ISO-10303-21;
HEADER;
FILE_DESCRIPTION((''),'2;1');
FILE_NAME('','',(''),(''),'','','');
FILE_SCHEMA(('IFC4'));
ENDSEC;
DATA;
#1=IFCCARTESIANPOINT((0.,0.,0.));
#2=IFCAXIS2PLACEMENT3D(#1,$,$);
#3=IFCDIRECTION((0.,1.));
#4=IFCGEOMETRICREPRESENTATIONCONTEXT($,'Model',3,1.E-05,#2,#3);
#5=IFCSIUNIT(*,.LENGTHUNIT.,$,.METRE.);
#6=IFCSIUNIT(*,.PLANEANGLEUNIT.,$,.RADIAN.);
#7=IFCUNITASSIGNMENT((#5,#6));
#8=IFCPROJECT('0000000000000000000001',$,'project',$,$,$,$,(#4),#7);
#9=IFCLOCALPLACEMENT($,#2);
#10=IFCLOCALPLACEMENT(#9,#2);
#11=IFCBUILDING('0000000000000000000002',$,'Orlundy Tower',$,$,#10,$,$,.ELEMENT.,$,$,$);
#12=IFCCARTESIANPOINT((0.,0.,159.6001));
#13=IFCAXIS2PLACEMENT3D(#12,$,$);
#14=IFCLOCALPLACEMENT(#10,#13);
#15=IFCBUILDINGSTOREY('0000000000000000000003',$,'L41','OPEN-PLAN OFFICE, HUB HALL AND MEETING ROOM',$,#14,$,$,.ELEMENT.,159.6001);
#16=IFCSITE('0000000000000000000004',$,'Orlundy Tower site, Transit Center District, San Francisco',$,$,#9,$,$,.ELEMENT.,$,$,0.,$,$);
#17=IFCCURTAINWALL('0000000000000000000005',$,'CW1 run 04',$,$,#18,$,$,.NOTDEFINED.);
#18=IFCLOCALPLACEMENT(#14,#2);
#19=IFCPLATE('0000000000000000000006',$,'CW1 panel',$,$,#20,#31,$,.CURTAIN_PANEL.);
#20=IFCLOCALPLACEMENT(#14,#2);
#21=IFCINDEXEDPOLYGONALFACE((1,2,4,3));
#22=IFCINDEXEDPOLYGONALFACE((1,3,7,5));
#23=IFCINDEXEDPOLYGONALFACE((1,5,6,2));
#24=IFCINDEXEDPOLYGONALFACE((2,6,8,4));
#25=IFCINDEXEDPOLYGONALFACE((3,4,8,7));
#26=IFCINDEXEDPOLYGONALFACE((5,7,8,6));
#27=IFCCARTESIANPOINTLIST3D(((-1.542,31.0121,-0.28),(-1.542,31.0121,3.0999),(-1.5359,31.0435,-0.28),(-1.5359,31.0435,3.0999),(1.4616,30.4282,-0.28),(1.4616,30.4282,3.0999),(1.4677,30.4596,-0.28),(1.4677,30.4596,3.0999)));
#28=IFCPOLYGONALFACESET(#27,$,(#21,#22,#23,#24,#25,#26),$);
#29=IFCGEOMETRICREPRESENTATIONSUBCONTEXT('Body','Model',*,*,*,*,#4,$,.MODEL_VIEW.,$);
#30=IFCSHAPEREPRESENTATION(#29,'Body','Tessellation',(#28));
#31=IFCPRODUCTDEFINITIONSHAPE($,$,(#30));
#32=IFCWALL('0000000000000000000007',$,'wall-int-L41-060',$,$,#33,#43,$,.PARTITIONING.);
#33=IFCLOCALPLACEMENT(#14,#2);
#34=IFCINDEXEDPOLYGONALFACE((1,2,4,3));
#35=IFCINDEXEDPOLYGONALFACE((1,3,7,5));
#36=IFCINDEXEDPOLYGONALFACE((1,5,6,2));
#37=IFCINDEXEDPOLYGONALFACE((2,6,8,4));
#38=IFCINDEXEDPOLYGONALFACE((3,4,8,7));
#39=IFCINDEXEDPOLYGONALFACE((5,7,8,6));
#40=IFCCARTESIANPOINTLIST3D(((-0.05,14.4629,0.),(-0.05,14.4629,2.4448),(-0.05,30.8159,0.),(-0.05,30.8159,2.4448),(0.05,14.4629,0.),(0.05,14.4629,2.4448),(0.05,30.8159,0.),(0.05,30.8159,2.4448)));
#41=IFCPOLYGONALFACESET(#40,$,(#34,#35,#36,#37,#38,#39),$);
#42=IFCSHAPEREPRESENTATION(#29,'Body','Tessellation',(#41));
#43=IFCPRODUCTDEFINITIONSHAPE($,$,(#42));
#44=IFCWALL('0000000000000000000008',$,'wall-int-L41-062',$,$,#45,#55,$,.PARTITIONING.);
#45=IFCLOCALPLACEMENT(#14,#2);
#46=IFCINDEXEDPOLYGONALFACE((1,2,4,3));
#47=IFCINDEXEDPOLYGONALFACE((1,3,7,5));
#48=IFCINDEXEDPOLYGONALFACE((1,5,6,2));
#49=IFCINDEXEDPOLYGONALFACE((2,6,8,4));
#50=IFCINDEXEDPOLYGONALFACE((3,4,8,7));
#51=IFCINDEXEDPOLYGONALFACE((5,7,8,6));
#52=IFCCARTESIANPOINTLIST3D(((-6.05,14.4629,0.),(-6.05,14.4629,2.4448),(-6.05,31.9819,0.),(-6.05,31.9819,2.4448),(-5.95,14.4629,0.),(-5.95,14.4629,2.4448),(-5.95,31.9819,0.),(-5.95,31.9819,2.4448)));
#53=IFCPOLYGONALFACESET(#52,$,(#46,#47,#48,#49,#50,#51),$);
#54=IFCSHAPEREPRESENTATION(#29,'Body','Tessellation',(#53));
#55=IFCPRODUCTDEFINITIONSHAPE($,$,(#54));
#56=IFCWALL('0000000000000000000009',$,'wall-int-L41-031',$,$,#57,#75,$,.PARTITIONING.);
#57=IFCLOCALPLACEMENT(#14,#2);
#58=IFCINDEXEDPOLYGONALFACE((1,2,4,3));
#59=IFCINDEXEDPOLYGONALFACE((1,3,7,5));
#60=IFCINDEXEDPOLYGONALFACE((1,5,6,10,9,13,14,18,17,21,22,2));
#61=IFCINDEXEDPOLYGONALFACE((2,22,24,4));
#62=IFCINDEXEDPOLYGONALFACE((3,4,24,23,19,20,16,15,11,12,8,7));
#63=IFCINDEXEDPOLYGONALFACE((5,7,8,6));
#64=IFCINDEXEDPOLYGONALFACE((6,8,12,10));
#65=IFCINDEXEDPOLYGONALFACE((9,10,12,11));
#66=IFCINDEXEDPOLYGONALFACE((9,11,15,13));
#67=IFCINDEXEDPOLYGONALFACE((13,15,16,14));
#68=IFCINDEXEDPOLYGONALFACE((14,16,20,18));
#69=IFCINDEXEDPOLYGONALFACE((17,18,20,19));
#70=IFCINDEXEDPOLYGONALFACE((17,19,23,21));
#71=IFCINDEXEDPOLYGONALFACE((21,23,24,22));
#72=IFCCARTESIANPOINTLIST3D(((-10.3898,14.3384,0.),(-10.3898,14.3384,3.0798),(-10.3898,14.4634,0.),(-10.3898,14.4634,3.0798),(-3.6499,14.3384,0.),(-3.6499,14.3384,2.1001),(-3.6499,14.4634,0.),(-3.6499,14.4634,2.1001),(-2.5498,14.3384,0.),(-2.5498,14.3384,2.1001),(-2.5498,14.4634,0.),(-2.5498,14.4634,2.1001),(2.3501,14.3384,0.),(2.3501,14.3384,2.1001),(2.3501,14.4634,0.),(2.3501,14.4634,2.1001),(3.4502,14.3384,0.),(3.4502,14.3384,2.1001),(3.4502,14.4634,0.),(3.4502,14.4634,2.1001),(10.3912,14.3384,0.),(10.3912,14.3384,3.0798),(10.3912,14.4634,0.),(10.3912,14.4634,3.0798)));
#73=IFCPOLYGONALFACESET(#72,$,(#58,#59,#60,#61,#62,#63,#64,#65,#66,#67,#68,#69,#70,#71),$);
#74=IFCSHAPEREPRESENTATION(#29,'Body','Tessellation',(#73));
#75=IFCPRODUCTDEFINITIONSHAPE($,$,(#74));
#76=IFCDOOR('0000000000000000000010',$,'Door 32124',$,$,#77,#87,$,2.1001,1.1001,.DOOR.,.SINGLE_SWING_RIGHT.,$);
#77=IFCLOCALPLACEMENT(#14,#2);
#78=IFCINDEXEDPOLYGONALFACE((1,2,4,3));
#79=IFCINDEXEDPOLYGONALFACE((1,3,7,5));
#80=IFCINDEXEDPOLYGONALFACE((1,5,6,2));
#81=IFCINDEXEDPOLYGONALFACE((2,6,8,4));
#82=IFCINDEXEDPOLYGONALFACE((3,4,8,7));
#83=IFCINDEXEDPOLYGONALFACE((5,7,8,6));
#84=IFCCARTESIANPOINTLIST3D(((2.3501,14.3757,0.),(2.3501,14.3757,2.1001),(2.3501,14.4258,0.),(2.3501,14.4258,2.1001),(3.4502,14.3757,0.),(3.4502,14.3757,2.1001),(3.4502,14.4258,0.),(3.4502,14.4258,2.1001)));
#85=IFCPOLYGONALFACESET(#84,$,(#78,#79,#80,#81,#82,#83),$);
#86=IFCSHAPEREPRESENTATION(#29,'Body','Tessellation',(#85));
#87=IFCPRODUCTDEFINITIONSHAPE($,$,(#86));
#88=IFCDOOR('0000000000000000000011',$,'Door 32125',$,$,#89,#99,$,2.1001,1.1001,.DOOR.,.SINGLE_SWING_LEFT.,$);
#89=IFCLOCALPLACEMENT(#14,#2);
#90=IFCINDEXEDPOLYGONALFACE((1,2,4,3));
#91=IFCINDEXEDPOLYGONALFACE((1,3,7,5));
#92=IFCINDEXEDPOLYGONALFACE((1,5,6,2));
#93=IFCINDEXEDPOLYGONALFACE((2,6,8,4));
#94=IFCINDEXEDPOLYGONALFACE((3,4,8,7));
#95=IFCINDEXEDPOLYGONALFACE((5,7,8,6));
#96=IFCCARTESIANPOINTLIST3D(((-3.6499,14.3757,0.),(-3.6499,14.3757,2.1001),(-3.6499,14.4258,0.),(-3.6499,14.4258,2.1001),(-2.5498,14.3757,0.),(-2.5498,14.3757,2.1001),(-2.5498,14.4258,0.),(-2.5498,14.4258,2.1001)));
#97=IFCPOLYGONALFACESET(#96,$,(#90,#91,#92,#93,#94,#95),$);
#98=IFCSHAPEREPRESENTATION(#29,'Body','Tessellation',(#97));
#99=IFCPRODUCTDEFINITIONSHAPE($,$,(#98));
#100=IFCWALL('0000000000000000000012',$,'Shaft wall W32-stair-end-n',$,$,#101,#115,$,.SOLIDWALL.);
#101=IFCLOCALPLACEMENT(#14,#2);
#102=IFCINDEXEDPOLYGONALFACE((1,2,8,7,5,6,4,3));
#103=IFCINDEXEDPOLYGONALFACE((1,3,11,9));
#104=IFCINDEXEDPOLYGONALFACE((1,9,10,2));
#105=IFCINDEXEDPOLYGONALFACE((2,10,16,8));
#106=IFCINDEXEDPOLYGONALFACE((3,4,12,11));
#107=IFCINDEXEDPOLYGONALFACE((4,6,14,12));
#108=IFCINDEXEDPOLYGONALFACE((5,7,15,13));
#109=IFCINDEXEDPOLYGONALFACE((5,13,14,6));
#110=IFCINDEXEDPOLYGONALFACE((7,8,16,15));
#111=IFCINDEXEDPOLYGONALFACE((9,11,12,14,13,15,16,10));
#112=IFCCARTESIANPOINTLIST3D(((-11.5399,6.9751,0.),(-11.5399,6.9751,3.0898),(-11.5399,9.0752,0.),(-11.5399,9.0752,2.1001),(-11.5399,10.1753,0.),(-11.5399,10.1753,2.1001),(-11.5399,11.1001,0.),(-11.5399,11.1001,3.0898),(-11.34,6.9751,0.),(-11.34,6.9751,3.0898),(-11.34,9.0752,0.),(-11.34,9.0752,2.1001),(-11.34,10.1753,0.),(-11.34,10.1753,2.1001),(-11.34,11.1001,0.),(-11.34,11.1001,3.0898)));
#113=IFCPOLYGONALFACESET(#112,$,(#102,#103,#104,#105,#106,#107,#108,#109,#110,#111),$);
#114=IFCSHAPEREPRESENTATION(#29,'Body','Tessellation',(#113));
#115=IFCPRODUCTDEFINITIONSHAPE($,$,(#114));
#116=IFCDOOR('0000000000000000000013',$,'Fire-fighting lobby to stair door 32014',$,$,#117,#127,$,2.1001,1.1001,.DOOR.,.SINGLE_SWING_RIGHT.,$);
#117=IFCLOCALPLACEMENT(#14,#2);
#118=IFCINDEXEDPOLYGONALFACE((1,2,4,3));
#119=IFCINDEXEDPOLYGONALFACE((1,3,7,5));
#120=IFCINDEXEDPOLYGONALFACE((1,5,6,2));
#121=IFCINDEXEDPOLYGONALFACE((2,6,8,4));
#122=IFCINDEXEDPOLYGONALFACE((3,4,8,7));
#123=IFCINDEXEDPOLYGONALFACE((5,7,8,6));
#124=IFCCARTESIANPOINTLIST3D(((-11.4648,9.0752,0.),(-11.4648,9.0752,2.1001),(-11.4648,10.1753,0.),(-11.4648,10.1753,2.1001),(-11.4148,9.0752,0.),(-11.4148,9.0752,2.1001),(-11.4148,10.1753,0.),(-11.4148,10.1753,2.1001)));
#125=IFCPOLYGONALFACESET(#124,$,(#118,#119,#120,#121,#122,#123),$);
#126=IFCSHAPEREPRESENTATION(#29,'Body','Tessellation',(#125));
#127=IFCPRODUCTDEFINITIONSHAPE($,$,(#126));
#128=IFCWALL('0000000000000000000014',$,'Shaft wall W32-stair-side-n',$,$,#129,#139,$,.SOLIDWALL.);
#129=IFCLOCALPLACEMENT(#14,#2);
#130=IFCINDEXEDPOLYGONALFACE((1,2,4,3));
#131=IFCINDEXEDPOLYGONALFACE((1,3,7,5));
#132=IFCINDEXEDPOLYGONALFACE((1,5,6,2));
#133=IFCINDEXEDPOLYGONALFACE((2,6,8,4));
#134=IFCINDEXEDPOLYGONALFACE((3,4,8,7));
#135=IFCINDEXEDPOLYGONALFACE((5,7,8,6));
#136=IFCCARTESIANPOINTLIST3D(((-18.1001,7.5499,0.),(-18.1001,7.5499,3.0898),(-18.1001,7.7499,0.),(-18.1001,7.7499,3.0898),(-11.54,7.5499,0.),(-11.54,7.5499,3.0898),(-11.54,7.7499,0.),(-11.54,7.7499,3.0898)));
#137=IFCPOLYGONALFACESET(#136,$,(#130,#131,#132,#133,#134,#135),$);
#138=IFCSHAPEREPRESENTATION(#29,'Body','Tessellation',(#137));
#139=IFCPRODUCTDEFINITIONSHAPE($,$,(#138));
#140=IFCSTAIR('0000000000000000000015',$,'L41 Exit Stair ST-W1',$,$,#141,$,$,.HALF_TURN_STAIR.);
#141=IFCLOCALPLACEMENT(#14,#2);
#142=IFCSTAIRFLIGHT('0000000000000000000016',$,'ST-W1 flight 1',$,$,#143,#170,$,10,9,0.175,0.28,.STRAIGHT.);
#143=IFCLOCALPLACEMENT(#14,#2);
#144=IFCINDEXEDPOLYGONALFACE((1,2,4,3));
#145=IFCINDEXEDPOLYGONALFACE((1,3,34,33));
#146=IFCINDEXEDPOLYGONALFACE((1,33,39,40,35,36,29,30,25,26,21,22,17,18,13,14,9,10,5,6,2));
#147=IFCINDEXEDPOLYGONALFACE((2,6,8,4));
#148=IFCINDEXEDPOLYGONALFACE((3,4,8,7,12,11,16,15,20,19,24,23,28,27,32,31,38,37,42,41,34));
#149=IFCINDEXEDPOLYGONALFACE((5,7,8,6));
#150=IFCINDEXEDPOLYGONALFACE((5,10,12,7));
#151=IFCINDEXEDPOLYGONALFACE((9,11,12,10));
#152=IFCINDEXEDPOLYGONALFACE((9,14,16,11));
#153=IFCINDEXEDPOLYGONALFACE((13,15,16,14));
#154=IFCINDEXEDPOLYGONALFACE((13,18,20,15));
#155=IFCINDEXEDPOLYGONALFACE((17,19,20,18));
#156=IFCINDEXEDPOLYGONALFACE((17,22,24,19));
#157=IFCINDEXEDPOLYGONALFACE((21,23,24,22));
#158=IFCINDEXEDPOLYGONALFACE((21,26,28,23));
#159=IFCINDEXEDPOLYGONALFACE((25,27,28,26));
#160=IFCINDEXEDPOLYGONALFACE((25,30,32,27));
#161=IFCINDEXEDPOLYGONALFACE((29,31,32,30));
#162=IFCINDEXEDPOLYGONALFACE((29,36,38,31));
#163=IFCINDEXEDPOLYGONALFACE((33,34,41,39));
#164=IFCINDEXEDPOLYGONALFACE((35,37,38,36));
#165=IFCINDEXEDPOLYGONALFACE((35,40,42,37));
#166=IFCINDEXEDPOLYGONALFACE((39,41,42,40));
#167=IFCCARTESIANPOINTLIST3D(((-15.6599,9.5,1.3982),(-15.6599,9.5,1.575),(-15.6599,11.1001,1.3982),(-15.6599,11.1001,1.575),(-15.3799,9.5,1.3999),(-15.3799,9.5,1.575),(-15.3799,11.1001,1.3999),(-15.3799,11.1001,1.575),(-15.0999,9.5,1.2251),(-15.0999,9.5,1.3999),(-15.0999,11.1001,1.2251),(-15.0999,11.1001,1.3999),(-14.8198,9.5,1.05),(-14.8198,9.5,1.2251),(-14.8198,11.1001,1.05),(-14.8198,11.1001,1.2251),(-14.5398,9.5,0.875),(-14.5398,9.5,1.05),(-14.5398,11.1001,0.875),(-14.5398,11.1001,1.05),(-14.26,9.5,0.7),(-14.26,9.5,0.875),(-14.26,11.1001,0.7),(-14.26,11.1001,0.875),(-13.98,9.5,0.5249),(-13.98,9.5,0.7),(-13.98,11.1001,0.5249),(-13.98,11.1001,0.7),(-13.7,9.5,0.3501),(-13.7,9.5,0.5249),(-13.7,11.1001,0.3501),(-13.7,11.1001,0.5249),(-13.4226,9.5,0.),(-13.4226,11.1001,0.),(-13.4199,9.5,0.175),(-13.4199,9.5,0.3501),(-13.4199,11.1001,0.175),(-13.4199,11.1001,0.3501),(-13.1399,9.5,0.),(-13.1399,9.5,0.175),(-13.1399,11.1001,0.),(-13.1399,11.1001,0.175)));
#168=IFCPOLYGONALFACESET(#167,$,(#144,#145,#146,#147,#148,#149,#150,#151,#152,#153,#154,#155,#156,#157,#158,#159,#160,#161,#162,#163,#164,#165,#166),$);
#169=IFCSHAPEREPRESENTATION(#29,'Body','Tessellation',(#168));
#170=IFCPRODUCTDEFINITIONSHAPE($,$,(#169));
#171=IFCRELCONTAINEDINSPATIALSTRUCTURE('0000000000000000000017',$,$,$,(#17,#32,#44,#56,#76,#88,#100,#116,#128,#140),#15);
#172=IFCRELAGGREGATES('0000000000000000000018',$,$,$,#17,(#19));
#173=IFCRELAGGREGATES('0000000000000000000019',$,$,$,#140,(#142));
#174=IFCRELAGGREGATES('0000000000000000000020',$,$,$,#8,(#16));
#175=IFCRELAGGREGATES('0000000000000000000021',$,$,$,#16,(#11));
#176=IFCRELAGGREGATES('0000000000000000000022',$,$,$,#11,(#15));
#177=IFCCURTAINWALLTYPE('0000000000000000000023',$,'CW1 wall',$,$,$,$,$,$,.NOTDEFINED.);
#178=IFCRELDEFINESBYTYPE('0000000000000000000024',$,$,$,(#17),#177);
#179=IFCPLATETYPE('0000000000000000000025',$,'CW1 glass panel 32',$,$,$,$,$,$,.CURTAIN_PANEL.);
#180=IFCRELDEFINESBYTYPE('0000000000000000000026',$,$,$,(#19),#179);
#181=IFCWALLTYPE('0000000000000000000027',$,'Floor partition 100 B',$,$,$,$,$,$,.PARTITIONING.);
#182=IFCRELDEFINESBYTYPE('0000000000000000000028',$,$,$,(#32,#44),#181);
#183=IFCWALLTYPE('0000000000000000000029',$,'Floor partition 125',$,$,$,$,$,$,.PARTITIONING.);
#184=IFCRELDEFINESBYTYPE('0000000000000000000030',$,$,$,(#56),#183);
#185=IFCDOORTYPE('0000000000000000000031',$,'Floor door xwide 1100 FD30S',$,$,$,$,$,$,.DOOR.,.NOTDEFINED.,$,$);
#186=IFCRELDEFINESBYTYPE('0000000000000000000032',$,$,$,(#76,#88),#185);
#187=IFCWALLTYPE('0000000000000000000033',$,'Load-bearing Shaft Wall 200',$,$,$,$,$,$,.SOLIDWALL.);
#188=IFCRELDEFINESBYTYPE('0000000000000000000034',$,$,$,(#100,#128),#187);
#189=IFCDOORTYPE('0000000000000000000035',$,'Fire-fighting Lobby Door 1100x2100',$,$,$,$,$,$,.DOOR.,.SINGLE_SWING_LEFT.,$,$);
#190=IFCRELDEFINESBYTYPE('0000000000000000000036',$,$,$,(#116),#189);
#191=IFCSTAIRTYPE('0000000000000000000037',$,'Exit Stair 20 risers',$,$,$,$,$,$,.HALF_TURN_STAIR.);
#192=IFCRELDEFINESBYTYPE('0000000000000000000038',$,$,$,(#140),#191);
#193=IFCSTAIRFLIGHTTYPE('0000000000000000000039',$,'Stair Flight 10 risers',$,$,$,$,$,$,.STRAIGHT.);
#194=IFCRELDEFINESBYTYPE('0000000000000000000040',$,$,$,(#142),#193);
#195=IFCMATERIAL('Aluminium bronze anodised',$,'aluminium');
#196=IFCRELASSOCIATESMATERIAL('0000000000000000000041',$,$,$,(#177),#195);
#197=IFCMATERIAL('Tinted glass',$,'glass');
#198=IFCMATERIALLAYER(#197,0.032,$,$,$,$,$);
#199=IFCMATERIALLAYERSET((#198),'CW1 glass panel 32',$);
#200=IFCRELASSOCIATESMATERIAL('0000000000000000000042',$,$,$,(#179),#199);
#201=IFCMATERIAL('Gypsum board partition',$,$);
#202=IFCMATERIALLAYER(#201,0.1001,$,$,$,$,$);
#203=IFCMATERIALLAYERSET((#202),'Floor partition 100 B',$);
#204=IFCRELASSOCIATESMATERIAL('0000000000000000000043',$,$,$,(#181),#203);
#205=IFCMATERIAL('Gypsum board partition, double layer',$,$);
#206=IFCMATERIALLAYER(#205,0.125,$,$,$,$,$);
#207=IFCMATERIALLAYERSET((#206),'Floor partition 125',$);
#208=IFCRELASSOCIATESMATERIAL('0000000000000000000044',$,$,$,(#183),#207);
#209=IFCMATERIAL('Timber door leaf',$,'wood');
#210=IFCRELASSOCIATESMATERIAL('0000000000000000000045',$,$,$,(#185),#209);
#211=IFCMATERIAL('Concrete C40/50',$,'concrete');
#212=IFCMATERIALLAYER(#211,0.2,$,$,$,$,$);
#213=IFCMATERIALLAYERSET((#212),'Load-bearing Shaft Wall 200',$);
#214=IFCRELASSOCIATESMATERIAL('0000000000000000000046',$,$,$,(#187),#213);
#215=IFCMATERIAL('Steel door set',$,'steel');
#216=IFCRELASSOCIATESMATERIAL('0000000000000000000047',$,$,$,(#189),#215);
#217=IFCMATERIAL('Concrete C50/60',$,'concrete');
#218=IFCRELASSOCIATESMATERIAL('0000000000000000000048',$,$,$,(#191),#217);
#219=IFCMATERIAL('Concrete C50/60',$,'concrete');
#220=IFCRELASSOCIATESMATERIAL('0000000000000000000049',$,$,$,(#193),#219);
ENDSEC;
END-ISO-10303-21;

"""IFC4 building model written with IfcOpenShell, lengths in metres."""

from ifc_helpers import new_model, si_unit, direction, frame, frame_2d, origin, origin_2d, place, context, subcontext, project, spatial, polyline, rectangle, outline, extrude, material, layer, layer_set, type_object, element, fill, aggregate, save


model = new_model("IFC4")

# Units and contexts
model_context = context("Model", 3, precision=1e-05, world=origin(), true_north=direction((0.0, 1.0)))
body_context = subcontext(model_context, "Body", "Model", "MODEL_VIEW")
ifc_project = project(units=[si_unit("LENGTHUNIT", "METRE"), si_unit("PLANEANGLEUNIT", "RADIAN")], contexts=[model_context])

# Site, building, storey
site_placement = place(None, origin())
site = spatial("IfcSite", under=ifc_project, at=site_placement, Name="Orlundy Tower site, Transit Center District, San Francisco", CompositionType="ELEMENT", RefElevation=0.0)
building_placement = place(site_placement, origin())
building = spatial("IfcBuilding", under=site, at=building_placement, Name="Orlundy Tower", CompositionType="ELEMENT")
storey_placement = place(building_placement, frame((0.0, 0.0, 159.6001)))
storey = spatial("IfcBuildingStorey", under=building, at=storey_placement, Name="L41", Description="OPEN-PLAN OFFICE, HUB HALL AND MEETING ROOM", CompositionType="ELEMENT", Elevation=159.6001)

# Curtain wall
ifc_material_1 = material(Name="Aluminium bronze anodised", Category="aluminium")
curtain_wall_type = type_object("IfcCurtainWallType", Name="CW1 wall", PredefinedType="NOTDEFINED", material=ifc_material_1)
curtain_wall_1_placement = place(storey_placement, origin())
curtain_wall_1 = element("IfcCurtainWall", 1, at=curtain_wall_1_placement, inside=storey, type_object=curtain_wall_type, Name="CW1 run 04", PredefinedType="NOTDEFINED")

# Plate
ifc_material_2 = material(Name="Tinted glass", Category="glass")
ifc_layer_1 = layer(ifc_material_2, 0.032)
ifc_layer_set_1 = layer_set([ifc_layer_1], Name="CW1 glass panel 32")
plate_type = type_object("IfcPlateType", Name="CW1 glass panel 32", PredefinedType="CURTAIN_PANEL", material=ifc_layer_set_1)
plate_1_placement = place(storey_placement, frame((-0.0371, 30.7358, -0.28), z_axis=(0.0, 0.0, 1.0), x_axis=(0.981628, -0.190805, 0.0)))
plate_1 = element("IfcPlate", 2, at=plate_1_placement, type_object=plate_type, Name="CW1 panel", PredefinedType="CURTAIN_PANEL", context=body_context, shape_type="SweptSolid", body=[
    extrude(rectangle(XDim=3.0598, YDim=0.032, at=origin_2d()), origin(), (0.0, 0.0, 1.0), 3.3799),
])
aggregate(curtain_wall_1, [plate_1])

# Walls
ifc_material_3 = material(Name="Gypsum board partition")
ifc_layer_2 = layer(ifc_material_3, 0.1001)
ifc_layer_set_2 = layer_set([ifc_layer_2], Name="Floor partition 100 B")
wall_type_1 = type_object("IfcWallType", Name="Floor partition 100 B", PredefinedType="PARTITIONING", material=ifc_layer_set_2)
wall_1_placement = place(storey_placement, frame((0.0, 14.4629, 0.0), z_axis=(0.0, 0.0, 1.0), x_axis=(0.0, 1.0, 0.0)))
element("IfcWall", 3, at=wall_1_placement, inside=storey, type_object=wall_type_1, Name="wall-int-L41-060", PredefinedType="PARTITIONING", context=body_context, shape_type="SweptSolid", body=[
    extrude(rectangle(XDim=16.353, YDim=0.1001, at=frame_2d((8.1765, 0.0))), origin(), (0.0, 0.0, 1.0), 2.4448),
])
wall_2_placement = place(storey_placement, frame((-6.0, 14.4629, 0.0), z_axis=(0.0, 0.0, 1.0), x_axis=(0.0, 1.0, 0.0)))
element("IfcWall", 4, at=wall_2_placement, inside=storey, type_object=wall_type_1, Name="wall-int-L41-062", PredefinedType="PARTITIONING", context=body_context, shape_type="SweptSolid", body=[
    extrude(rectangle(XDim=17.519, YDim=0.1001, at=frame_2d((8.7595, 0.0))), origin(), (0.0, 0.0, 1.0), 2.4448),
])

# Wall, openings, doors
ifc_material_4 = material(Name="Gypsum board partition, double layer")
ifc_layer_3 = layer(ifc_material_4, 0.125)
ifc_layer_set_3 = layer_set([ifc_layer_3], Name="Floor partition 125")
wall_type_2 = type_object("IfcWallType", Name="Floor partition 125", PredefinedType="PARTITIONING", material=ifc_layer_set_3)
wall_3_placement = place(storey_placement, frame((-10.3899, 14.4009, 0.0), z_axis=(0.0, 0.0, 1.0), x_axis=(1.0, 0.0, 0.0)))
wall_3 = element("IfcWall", 5, at=wall_3_placement, inside=storey, type_object=wall_type_2, Name="wall-int-L41-031", PredefinedType="PARTITIONING", context=body_context, shape_type="SweptSolid", body=[
    extrude(rectangle(XDim=20.781, YDim=0.125, at=frame_2d((10.3906, 0.0))), origin(), (0.0, 0.0, 1.0), 3.0798),
])
opening_1_placement = place(wall_3_placement, frame((12.74, 0.0, 0.0)))
opening_1 = element("IfcOpeningElement", 6, at=opening_1_placement, cuts=wall_3, PredefinedType="OPENING", context=body_context, shape_type="SweptSolid", body=[
    extrude(rectangle(XDim=1.1001, YDim=2.1001, at=frame_2d((0.55, 1.05))), frame((0.0, 0.0725, 0.0), z_axis=(0.0, -1.0, 0.0), x_axis=(1.0, 0.0, 0.0)), (0.0, 0.0, 1.0), 0.145),
])
opening_2_placement = place(wall_3_placement, frame((6.74, 0.0, 0.0)))
opening_2 = element("IfcOpeningElement", 7, at=opening_2_placement, cuts=wall_3, PredefinedType="OPENING", context=body_context, shape_type="SweptSolid", body=[
    extrude(rectangle(XDim=1.1001, YDim=2.1001, at=frame_2d((0.55, 1.05))), frame((0.0, 0.0725, 0.0), z_axis=(0.0, -1.0, 0.0), x_axis=(1.0, 0.0, 0.0)), (0.0, 0.0, 1.0), 0.145),
])
ifc_material_5 = material(Name="Timber door leaf", Category="wood")
door_type_1 = type_object("IfcDoorType", Name="Floor door xwide 1100 FD30S", OperationType="NOTDEFINED", PredefinedType="DOOR", material=ifc_material_5)
door_1_placement = place(opening_1_placement, origin())
door_1 = element("IfcDoor", 8, at=door_1_placement, inside=storey, type_object=door_type_1, Name="Door 32124", OperationType="SINGLE_SWING_RIGHT", OverallHeight=2.1001, OverallWidth=1.1001, PredefinedType="DOOR", context=body_context, shape_type="SweptSolid", body=[
    extrude(rectangle(XDim=1.1001, YDim=2.1001, at=frame_2d((0.55, 1.05))), frame((0.0, 0.0249, 0.0), z_axis=(0.0, -1.0, 0.0), x_axis=(1.0, 0.0, 0.0)), (0.0, 0.0, 1.0), 0.05),
])
fill(opening_1, door_1)
door_2_placement = place(opening_2_placement, origin())
door_2 = element("IfcDoor", 9, at=door_2_placement, inside=storey, type_object=door_type_1, Name="Door 32125", OperationType="SINGLE_SWING_LEFT", OverallHeight=2.1001, OverallWidth=1.1001, PredefinedType="DOOR", context=body_context, shape_type="SweptSolid", body=[
    extrude(rectangle(XDim=1.1001, YDim=2.1001, at=frame_2d((0.55, 1.05))), frame((0.0, 0.0249, 0.0), z_axis=(0.0, -1.0, 0.0), x_axis=(1.0, 0.0, 0.0)), (0.0, 0.0, 1.0), 0.05),
])
fill(opening_2, door_2)

# Wall, opening, door
ifc_material_6 = material(Name="Concrete C40/50", Category="concrete")
ifc_layer_4 = layer(ifc_material_6, 0.2)
ifc_layer_set_4 = layer_set([ifc_layer_4], Name="Load-bearing Shaft Wall 200")
wall_type_3 = type_object("IfcWallType", Name="Load-bearing Shaft Wall 200", PredefinedType="SOLIDWALL", material=ifc_layer_set_4)
wall_4_placement = place(storey_placement, frame((-11.4399, 6.9751, 0.0), z_axis=(0.0, 0.0, 1.0), x_axis=(0.0, 1.0, 0.0)))
wall_4 = element("IfcWall", 10, at=wall_4_placement, inside=storey, type_object=wall_type_3, Name="Shaft wall W32-stair-end-n", PredefinedType="SOLIDWALL", context=body_context, shape_type="SweptSolid", body=[
    extrude(rectangle(XDim=4.125, YDim=0.2, at=frame_2d((2.0625, 0.0))), origin(), (0.0, 0.0, 1.0), 3.0898),
])
opening_3_placement = place(wall_4_placement, frame((2.1001, 0.0, 0.0)))
opening_3 = element("IfcOpeningElement", 11, at=opening_3_placement, cuts=wall_4, PredefinedType="OPENING", context=body_context, shape_type="SweptSolid", body=[
    extrude(rectangle(XDim=1.1001, YDim=2.1001, at=frame_2d((0.55, 1.05))), frame((0.0, 0.1101, 0.0), z_axis=(0.0, -1.0, 0.0), x_axis=(1.0, 0.0, 0.0)), (0.0, 0.0, 1.0), 0.2202),
])
ifc_material_7 = material(Name="Steel door set", Category="steel")
door_type_2 = type_object("IfcDoorType", Name="Fire-fighting Lobby Door 1100x2100", OperationType="SINGLE_SWING_LEFT", PredefinedType="DOOR", material=ifc_material_7)
door_3_placement = place(opening_3_placement, origin())
door_3 = element("IfcDoor", 12, at=door_3_placement, inside=storey, type_object=door_type_2, Name="Fire-fighting lobby to stair door 32014", OperationType="SINGLE_SWING_RIGHT", OverallHeight=2.1001, OverallWidth=1.1001, PredefinedType="DOOR", context=body_context, shape_type="SweptSolid", body=[
    extrude(rectangle(XDim=1.1001, YDim=2.1001, at=frame_2d((0.55, 1.05))), frame((0.0, 0.0249, 0.0), z_axis=(0.0, -1.0, 0.0), x_axis=(1.0, 0.0, 0.0)), (0.0, 0.0, 1.0), 0.05),
])
fill(opening_3, door_3)

# Wall
wall_5_placement = place(storey_placement, frame((-11.54, 7.6499, 0.0), z_axis=(0.0, 0.0, 1.0), x_axis=(-1.0, 0.0, 0.0)))
element("IfcWall", 13, at=wall_5_placement, inside=storey, type_object=wall_type_3, Name="Shaft wall W32-stair-side-n", PredefinedType="SOLIDWALL", context=body_context, shape_type="SweptSolid", body=[
    extrude(rectangle(XDim=6.5601, YDim=0.2, at=frame_2d((3.28, 0.0))), origin(), (0.0, 0.0, 1.0), 3.0898),
])

# Stair, stair flight
ifc_material_8 = material(Name="Concrete C50/60", Category="concrete")
stair_type = type_object("IfcStairType", Name="Exit Stair 20 risers", PredefinedType="HALF_TURN_STAIR", material=ifc_material_8)
stair_placement = place(storey_placement, origin())
stair = element("IfcStair", 14, at=stair_placement, inside=storey, type_object=stair_type, Name="L41 Exit Stair ST-W1", PredefinedType="HALF_TURN_STAIR")
ifc_material_9 = material(Name="Concrete C50/60", Category="concrete")
stair_flight_type = type_object("IfcStairFlightType", Name="Stair Flight 10 risers", PredefinedType="STRAIGHT", material=ifc_material_9)
stair_flight_placement = place(storey_placement, frame((-13.1399, 10.3, 0.0), z_axis=(0.0, 0.0, 1.0), x_axis=(-1.0, 0.0, 0.0)))
stair_flight = element("IfcStairFlight", 15, at=stair_flight_placement, type_object=stair_flight_type, Name="ST-W1 flight 1", NumberOfRisers=10, NumberOfTreads=9, PredefinedType="STRAIGHT", RiserHeight=0.175, TreadLength=0.28, context=body_context, shape_type="SweptSolid", body=[
    extrude(outline(polyline([(0.0, 0.0), (0.0, 0.175), (0.28, 0.175), (0.28, 0.3501), (0.5601, 0.3501), (0.5601, 0.5249), (0.8401, 0.5249), (0.8401, 0.7), (1.1201, 0.7), (1.1201, 0.875), (1.3999, 0.875), (1.3999, 1.05), (1.6799, 1.05), (1.6799, 1.2251), (1.96, 1.2251), (1.96, 1.3999), (2.24, 1.3999), (2.24, 1.575), (2.52, 1.575), (2.52, 1.75), (2.52, 1.3982), (0.2827, 0.0), (0.0, 0.0)])), frame((0.0, 0.8, 0.0), z_axis=(0.0, -1.0, 0.0), x_axis=(1.0, 0.0, 0.0)), (0.0, 0.0, 1.0), 1.6001),
])
aggregate(stair, [stair_flight])

save(model, "model.ifc")
